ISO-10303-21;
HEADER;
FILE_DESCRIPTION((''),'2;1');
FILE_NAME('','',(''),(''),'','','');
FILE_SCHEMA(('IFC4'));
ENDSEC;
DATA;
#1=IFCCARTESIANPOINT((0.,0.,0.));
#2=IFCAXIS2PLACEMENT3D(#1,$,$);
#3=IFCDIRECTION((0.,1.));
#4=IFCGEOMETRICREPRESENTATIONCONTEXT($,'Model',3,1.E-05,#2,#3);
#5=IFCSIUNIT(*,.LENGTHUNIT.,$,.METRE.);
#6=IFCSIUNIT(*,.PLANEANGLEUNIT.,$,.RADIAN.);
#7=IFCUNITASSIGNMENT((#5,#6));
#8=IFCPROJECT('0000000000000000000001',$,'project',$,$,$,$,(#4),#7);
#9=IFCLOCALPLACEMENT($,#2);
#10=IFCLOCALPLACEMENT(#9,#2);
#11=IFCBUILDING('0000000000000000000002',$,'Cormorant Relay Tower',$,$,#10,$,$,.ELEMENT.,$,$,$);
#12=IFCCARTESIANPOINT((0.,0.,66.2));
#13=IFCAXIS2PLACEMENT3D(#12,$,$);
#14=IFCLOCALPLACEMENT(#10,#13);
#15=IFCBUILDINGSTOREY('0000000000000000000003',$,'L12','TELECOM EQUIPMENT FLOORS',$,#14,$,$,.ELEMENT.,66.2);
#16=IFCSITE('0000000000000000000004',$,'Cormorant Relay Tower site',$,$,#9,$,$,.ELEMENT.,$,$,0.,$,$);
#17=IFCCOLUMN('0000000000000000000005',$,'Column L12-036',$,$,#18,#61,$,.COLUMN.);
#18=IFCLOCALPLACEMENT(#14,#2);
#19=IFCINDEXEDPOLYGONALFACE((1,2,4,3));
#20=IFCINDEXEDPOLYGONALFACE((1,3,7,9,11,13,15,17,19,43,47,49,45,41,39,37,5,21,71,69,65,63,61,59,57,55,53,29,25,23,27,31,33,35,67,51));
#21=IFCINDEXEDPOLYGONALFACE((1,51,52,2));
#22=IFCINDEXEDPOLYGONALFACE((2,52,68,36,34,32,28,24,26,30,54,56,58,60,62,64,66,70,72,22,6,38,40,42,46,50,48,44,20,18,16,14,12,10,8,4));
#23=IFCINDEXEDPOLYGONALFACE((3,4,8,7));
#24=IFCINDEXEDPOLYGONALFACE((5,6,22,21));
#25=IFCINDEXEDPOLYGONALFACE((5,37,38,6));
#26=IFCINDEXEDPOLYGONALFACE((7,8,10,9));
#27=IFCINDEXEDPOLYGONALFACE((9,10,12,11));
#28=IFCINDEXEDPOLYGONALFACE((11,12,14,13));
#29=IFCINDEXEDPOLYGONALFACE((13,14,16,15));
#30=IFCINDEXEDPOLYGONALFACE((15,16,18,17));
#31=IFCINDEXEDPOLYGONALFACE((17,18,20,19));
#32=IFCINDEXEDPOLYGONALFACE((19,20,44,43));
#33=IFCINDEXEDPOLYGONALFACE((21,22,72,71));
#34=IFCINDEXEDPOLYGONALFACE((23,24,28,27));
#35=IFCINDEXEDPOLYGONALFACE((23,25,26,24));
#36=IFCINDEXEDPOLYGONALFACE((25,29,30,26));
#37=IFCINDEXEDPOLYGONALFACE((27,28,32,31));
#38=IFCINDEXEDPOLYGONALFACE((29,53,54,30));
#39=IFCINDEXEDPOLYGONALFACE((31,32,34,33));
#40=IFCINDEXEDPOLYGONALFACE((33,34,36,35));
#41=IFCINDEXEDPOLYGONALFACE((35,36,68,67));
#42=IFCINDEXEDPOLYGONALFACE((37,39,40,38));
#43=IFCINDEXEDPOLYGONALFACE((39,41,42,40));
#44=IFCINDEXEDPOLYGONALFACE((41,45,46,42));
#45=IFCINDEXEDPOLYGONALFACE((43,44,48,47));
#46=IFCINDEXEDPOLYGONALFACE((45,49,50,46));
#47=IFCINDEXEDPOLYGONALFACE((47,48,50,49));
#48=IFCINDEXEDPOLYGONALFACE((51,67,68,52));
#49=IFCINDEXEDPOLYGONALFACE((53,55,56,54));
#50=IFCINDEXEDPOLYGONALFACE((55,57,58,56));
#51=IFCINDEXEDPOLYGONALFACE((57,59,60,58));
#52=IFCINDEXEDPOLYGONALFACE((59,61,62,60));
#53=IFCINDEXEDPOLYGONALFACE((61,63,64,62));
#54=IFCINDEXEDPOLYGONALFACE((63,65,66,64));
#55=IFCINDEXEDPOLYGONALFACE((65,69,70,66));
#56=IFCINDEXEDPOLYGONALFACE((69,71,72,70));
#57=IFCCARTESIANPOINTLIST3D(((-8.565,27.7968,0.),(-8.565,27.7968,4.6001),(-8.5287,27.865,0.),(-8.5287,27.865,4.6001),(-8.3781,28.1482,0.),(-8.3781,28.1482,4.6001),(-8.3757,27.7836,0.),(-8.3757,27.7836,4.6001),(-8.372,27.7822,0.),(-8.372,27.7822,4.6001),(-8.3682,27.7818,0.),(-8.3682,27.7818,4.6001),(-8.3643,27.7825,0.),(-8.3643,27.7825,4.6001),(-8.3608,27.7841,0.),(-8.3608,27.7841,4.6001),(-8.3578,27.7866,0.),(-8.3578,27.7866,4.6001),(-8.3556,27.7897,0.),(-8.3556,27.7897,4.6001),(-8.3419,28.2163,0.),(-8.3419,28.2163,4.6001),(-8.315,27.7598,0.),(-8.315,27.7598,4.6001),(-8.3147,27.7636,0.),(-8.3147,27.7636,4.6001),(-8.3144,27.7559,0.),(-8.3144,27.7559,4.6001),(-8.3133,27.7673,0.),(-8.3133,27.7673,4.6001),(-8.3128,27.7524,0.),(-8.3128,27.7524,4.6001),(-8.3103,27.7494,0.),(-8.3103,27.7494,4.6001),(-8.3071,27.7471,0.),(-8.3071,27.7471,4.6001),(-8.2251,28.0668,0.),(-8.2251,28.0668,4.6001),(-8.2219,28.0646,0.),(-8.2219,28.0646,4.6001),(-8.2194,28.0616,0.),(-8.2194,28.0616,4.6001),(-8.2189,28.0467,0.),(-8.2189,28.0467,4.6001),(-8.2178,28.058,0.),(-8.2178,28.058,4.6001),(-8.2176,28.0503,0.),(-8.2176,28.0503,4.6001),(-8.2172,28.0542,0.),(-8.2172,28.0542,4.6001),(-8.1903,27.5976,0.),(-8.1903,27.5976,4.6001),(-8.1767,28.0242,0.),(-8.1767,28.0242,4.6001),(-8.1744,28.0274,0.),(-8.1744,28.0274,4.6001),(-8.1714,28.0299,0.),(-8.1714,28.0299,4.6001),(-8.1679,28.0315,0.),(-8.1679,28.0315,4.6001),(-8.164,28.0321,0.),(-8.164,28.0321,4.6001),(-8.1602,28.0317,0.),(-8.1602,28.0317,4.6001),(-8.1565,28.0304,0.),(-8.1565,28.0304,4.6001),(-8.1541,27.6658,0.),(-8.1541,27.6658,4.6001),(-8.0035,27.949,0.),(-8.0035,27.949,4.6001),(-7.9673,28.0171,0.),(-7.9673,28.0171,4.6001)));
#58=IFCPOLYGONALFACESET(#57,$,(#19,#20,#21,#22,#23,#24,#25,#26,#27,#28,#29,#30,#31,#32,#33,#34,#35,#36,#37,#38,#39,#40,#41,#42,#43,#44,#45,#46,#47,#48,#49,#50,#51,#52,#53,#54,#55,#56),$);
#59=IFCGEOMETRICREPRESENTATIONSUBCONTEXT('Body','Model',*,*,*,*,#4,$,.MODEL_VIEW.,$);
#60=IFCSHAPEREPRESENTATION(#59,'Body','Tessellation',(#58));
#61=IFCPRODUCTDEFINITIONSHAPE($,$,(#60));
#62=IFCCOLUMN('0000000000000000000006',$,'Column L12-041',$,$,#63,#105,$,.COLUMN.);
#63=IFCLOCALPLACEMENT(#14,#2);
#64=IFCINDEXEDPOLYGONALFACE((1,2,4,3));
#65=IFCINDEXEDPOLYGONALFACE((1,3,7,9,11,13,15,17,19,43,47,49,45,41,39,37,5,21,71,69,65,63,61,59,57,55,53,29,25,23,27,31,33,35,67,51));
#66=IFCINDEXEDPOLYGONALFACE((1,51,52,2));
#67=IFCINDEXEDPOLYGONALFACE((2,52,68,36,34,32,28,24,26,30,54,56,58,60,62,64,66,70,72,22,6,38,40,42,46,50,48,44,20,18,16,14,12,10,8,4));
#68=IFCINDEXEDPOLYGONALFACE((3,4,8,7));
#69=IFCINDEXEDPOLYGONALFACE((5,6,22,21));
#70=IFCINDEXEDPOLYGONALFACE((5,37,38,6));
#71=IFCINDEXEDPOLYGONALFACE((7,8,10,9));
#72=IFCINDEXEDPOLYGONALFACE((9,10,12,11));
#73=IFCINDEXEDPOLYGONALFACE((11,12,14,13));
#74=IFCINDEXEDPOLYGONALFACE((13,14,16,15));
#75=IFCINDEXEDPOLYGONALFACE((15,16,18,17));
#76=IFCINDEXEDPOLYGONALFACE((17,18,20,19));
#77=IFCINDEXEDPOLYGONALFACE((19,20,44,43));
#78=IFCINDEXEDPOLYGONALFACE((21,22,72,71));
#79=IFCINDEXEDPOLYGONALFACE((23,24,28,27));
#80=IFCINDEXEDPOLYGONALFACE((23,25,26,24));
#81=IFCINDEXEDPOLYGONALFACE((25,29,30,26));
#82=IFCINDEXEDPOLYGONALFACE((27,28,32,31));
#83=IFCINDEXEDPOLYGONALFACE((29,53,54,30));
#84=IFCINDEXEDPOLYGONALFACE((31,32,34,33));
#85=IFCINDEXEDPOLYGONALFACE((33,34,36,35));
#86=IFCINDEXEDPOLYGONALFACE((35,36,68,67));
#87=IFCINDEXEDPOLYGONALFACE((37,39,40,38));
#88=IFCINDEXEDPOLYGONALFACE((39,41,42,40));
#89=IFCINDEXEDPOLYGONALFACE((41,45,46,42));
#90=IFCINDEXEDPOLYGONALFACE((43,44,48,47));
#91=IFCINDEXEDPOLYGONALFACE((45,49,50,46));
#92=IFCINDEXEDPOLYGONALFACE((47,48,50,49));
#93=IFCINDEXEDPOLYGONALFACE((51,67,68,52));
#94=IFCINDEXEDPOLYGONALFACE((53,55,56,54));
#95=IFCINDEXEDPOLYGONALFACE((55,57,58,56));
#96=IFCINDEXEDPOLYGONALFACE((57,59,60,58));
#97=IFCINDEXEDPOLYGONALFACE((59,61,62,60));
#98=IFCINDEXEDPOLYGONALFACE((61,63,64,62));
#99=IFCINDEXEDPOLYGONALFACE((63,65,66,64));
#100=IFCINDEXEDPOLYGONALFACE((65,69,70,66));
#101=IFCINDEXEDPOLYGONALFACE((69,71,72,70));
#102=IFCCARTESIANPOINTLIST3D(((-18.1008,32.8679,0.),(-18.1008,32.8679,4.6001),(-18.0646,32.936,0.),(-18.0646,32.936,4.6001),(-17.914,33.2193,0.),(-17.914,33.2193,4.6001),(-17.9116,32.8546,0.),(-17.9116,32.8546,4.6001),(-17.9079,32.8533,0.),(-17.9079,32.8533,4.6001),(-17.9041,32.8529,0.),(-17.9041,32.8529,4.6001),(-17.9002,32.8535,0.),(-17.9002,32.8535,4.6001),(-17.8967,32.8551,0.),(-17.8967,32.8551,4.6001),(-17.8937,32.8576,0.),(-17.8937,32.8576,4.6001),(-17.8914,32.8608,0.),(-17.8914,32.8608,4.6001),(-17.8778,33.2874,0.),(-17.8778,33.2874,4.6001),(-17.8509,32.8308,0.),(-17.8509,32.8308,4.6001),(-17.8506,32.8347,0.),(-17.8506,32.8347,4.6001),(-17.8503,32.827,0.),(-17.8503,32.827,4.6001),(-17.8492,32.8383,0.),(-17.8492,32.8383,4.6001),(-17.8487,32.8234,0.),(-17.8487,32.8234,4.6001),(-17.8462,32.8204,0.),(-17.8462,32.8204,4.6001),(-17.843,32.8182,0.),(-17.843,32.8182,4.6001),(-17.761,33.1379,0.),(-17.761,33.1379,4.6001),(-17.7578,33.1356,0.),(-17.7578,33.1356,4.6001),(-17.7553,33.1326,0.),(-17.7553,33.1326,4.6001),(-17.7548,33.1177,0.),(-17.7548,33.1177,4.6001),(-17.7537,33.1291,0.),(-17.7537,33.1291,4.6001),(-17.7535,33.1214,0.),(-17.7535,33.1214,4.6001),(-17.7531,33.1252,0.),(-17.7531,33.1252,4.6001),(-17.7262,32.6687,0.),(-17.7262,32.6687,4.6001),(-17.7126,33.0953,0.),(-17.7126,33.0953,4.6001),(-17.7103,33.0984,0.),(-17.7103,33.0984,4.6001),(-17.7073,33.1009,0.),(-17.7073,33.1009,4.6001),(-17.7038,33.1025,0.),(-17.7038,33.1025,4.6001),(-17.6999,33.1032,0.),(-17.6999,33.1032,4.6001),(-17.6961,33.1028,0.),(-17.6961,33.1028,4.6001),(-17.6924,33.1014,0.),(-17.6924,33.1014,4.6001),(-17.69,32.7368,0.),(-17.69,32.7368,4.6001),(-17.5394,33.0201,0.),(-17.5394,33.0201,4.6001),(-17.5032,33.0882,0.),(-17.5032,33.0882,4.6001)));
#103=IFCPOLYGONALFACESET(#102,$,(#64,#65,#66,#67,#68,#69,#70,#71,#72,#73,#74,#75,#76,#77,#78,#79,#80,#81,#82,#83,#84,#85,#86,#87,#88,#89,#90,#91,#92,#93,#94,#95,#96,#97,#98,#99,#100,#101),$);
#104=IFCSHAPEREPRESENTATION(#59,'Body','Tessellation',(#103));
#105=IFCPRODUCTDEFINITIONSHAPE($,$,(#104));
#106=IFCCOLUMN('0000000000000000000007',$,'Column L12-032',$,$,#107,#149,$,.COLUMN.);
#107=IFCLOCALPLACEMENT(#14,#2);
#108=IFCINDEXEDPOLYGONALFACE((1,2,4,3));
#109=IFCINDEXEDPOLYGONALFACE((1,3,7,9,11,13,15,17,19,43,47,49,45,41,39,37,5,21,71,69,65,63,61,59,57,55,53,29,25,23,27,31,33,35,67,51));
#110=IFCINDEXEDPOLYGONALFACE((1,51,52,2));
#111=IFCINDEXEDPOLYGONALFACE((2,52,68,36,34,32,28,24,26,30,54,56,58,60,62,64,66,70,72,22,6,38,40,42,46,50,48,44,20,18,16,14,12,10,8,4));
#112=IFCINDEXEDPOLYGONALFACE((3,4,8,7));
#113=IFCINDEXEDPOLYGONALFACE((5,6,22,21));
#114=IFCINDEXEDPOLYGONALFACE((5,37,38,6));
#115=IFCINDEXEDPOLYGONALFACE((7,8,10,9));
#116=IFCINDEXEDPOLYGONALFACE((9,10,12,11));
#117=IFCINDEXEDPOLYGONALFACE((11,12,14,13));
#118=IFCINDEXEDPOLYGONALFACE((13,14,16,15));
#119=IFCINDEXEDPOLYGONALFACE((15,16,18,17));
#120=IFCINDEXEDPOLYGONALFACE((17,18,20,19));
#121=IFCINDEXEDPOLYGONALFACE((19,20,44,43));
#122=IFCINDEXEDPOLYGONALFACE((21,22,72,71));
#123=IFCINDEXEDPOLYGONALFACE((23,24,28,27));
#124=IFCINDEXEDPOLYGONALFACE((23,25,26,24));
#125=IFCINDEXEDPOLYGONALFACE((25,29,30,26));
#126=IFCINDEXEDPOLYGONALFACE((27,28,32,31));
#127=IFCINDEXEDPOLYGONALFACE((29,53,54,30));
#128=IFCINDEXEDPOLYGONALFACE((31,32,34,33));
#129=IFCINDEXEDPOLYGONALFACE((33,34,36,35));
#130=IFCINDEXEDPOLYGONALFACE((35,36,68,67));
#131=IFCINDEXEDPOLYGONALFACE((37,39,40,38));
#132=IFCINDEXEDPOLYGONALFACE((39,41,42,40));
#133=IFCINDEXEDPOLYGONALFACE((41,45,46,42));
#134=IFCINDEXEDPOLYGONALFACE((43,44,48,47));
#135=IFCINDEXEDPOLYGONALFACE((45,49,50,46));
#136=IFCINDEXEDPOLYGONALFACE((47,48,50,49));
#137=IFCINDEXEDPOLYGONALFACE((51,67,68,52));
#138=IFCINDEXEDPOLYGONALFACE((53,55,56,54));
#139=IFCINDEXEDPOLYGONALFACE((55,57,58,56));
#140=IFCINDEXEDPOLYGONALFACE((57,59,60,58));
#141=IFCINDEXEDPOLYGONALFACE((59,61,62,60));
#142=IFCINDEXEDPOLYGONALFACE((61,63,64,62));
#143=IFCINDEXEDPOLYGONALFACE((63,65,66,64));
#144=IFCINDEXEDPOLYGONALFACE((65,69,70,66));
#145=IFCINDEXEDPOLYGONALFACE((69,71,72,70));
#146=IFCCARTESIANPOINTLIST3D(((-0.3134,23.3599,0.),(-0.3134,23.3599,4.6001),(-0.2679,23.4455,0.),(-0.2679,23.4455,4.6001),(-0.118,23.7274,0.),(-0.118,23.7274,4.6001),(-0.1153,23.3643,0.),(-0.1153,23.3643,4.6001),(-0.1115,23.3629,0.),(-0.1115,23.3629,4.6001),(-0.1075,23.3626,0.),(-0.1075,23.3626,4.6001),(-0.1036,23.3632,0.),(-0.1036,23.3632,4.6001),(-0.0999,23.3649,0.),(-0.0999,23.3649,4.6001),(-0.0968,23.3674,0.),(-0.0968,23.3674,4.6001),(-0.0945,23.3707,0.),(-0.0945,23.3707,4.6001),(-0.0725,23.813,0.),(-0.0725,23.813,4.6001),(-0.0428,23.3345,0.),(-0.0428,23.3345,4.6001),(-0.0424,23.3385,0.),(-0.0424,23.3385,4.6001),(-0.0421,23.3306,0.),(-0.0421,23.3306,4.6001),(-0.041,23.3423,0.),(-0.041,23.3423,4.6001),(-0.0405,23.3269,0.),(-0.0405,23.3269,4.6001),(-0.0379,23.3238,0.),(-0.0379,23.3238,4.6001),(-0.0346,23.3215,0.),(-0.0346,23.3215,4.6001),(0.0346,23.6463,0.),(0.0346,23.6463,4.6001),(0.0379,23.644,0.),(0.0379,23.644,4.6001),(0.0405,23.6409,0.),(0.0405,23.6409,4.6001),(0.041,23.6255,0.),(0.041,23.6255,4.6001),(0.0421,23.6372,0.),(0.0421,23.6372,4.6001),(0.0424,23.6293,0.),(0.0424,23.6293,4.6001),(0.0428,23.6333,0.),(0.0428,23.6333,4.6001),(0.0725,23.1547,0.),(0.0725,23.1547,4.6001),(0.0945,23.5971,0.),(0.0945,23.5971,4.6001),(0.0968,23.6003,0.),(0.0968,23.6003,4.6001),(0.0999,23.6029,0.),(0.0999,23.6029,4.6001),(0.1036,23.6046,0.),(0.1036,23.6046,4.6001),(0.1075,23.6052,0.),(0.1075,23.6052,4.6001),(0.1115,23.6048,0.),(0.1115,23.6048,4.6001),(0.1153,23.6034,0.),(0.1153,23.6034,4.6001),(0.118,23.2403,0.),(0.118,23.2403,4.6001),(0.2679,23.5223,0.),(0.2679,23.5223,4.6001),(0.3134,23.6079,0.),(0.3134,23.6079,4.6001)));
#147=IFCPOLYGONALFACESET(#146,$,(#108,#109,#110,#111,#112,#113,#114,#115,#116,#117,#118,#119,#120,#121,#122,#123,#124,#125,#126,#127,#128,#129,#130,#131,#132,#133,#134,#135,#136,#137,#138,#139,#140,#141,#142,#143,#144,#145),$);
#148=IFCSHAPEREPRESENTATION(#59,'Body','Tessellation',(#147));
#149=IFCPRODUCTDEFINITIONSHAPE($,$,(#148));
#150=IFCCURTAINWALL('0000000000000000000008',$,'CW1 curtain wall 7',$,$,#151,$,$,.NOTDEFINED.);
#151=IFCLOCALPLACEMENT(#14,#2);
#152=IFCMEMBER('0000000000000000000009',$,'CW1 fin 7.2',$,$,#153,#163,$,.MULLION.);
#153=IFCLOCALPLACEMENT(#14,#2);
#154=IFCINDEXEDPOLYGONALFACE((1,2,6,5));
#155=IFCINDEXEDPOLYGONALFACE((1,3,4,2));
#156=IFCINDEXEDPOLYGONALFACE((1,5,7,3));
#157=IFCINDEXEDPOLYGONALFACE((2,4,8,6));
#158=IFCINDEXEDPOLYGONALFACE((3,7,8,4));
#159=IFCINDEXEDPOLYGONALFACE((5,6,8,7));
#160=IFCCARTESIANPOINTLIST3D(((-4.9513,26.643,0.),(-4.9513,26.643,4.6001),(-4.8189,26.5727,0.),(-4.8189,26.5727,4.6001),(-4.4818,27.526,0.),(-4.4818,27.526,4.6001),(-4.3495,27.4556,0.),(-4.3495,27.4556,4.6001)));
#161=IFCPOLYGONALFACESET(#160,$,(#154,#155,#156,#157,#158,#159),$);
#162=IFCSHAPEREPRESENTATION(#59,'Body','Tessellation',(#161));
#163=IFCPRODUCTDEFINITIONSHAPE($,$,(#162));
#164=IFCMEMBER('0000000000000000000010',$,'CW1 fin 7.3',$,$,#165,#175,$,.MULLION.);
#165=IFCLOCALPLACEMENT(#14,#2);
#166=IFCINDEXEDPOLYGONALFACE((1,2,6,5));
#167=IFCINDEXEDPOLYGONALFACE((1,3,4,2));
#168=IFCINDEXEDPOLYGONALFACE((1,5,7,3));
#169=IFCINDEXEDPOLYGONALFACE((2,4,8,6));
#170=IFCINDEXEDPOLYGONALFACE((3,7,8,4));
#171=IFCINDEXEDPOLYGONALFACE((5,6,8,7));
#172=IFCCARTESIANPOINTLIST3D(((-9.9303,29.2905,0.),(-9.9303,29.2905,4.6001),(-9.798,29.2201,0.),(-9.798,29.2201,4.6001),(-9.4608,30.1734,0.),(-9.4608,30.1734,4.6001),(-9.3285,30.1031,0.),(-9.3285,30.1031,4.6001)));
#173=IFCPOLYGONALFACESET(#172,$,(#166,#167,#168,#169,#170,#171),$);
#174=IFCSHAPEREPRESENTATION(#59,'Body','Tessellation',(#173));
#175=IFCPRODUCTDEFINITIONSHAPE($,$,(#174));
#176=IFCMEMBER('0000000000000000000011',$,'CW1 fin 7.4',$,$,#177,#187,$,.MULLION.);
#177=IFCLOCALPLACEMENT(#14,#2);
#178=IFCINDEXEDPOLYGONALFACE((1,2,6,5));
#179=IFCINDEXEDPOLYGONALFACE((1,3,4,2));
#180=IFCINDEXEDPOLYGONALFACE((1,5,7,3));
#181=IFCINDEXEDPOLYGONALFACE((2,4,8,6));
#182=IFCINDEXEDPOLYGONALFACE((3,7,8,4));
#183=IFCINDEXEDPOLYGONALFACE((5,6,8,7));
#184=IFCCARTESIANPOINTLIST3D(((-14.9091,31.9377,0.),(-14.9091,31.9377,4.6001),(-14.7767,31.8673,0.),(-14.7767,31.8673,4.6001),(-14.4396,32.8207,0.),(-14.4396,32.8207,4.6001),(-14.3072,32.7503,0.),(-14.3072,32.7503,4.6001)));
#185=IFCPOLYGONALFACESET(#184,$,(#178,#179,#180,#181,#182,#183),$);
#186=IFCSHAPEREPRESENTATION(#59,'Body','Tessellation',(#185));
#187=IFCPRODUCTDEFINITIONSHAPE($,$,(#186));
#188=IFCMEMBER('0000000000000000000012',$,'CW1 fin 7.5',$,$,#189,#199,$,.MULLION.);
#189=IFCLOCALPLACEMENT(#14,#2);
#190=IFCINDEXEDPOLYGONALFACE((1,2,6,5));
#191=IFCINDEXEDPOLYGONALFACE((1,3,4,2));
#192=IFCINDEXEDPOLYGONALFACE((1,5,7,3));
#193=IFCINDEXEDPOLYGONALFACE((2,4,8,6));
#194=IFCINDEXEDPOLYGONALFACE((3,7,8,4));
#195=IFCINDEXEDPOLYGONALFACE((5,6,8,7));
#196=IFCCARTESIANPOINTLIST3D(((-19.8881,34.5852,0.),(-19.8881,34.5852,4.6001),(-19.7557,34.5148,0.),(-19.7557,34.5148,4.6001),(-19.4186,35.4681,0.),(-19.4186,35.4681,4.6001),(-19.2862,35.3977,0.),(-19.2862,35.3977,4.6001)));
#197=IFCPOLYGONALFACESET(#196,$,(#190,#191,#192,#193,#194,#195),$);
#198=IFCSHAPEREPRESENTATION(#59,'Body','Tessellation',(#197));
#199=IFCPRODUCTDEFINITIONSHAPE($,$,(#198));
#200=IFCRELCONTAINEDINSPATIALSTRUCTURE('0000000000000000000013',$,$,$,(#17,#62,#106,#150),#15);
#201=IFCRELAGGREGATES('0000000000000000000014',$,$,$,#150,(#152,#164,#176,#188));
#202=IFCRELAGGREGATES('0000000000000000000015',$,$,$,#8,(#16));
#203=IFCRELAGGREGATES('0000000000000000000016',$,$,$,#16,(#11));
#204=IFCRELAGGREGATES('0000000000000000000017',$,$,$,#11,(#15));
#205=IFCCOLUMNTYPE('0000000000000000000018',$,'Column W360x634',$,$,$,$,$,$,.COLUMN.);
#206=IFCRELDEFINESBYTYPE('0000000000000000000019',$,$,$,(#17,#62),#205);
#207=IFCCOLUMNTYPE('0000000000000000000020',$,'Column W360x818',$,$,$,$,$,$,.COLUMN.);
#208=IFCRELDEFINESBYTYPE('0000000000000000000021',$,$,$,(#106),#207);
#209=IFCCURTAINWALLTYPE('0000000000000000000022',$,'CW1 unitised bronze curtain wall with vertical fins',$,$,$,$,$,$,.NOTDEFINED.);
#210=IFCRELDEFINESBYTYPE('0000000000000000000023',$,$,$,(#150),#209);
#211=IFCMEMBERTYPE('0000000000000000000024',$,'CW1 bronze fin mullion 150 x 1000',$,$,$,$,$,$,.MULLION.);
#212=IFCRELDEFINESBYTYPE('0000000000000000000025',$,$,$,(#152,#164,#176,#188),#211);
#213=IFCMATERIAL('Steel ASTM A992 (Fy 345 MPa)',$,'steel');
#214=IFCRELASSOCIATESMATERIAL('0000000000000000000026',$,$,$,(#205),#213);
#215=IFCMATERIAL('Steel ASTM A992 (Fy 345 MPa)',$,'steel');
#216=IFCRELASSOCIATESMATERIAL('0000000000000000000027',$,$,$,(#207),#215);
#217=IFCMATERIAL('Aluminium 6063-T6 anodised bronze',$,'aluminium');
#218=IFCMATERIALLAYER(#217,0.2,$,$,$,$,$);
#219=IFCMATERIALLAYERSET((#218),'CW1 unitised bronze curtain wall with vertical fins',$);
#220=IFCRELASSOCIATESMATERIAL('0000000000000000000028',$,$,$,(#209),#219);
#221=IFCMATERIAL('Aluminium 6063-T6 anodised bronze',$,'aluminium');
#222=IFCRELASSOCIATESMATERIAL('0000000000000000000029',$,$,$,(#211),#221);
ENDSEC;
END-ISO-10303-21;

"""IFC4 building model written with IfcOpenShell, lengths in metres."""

from ifc_helpers import new_model, si_unit, direction, frame, origin, origin_2d, place, context, subcontext, project, spatial, rectangle, i_section, extrude, material, layer, layer_set, material_profile, profile_set, type_object, element, aggregate, save


model = new_model("IFC4")

# Units and contexts
model_context = context("Model", 3, precision=1e-05, world=origin(), true_north=direction((0.0, 1.0)))
body_context = subcontext(model_context, "Body", "Model", "MODEL_VIEW")
ifc_project = project(units=[si_unit("LENGTHUNIT", "METRE"), si_unit("PLANEANGLEUNIT", "RADIAN")], contexts=[model_context])

# Site, building, storey
site_placement = place(None, origin())
site = spatial("IfcSite", under=ifc_project, at=site_placement, Name="Cormorant Relay Tower site", CompositionType="ELEMENT", RefElevation=0.0)
building_placement = place(site_placement, origin())
building = spatial("IfcBuilding", under=site, at=building_placement, Name="Cormorant Relay Tower", CompositionType="ELEMENT")
storey_placement = place(building_placement, frame((0.0, 0.0, 66.2)))
storey = spatial("IfcBuildingStorey", under=building, at=storey_placement, Name="L12", Description="TELECOM EQUIPMENT FLOORS", CompositionType="ELEMENT", Elevation=66.2)

# Columns
ifc_material_1 = material(Name="Steel ASTM A992 (Fy 345 MPa)", Category="steel")
ifc_material_profile_1 = material_profile(ifc_material_1, i_section(OverallWidth=0.4243, OverallDepth=0.4751, WebThickness=0.0479, FlangeThickness=0.0771, FilletRadius=0.0149, at=origin_2d()), Name="W360x634")
ifc_profile_set_1 = profile_set([ifc_material_profile_1], Name="Steel ASTM A992 (Fy 345 MPa)")
column_type_1 = type_object("IfcColumnType", Name="Column W360x634", PredefinedType="COLUMN", material=ifc_profile_set_1)
for number, where, z_axis, x_axis, name in (
    (1, (-8.2661, 27.907, 0.0), (0.0, 0.0, 1.0), (-0.882948, 0.469472, 0.0), "Column L12-036"),
    (2, (-17.802, 32.978, 0.0), (0.0, 0.0, 1.0), (-0.882948, 0.469472, 0.0), "Column L12-041"),
):
    element("IfcColumn", number, at=place(storey_placement, frame(where, z_axis=z_axis, x_axis=x_axis)), inside=storey, type_object=column_type_1, Name=name, PredefinedType="COLUMN", context=body_context, shape_type="SweptSolid", body=[
        extrude(i_section(OverallWidth=0.4243, OverallDepth=0.4751, WebThickness=0.0479, FlangeThickness=0.0771, FilletRadius=0.0149, at=origin_2d()), origin(), (0.0, 0.0, 1.0), 4.6001),
    ])
ifc_material_2 = material(Name="Steel ASTM A992 (Fy 345 MPa)", Category="steel")
ifc_material_profile_2 = material_profile(ifc_material_2, i_section(OverallWidth=0.437, OverallDepth=0.5132, WebThickness=0.0605, FlangeThickness=0.0969, FilletRadius=0.0154, at=origin_2d()), Name="W360x818")
ifc_profile_set_2 = profile_set([ifc_material_profile_2], Name="Steel ASTM A992 (Fy 345 MPa)")
column_type_2 = type_object("IfcColumnType", Name="Column W360x818", PredefinedType="COLUMN", material=ifc_profile_set_2)
column_placement = place(storey_placement, frame((0.0, 23.4839, 0.0), z_axis=(0.0, 0.0, 1.0), x_axis=(-0.882948, 0.469472, 0.0)))
element("IfcColumn", 3, at=column_placement, inside=storey, type_object=column_type_2, Name="Column L12-032", PredefinedType="COLUMN", context=body_context, shape_type="SweptSolid", body=[
    extrude(i_section(OverallWidth=0.437, OverallDepth=0.5132, WebThickness=0.0605, FlangeThickness=0.0969, FilletRadius=0.0154, at=origin_2d()), origin(), (0.0, 0.0, 1.0), 4.6001),
])

# Curtain wall, members
ifc_material_3 = material(Name="Aluminium 6063-T6 anodised bronze", Category="aluminium")
ifc_layer_1 = layer(ifc_material_3, 0.2)
ifc_layer_set_1 = layer_set([ifc_layer_1], Name="CW1 unitised bronze curtain wall with vertical fins")
curtain_wall_type = type_object("IfcCurtainWallType", Name="CW1 unitised bronze curtain wall with vertical fins", PredefinedType="NOTDEFINED", material=ifc_layer_set_1)
curtain_wall_placement = place(storey_placement, origin())
curtain_wall = element("IfcCurtainWall", 4, at=curtain_wall_placement, inside=storey, type_object=curtain_wall_type, Name="CW1 curtain wall 7", PredefinedType="NOTDEFINED")
ifc_material_4 = material(Name="Aluminium 6063-T6 anodised bronze", Category="aluminium")
ifc_material_profile_3 = material_profile(ifc_material_4, rectangle(XDim=0.1499, YDim=1.0, at=origin_2d()), Name="AL 150x1000")
ifc_profile_set_3 = profile_set([ifc_material_profile_3], Name="Aluminium 6063-T6 anodised bronze")
member_type = type_object("IfcMemberType", Name="CW1 bronze fin mullion 150 x 1000", PredefinedType="MULLION", material=ifc_profile_set_3)
member_1_placement = place(storey_placement, frame((-4.6504, 27.0493, 0.0), z_axis=(0.0, 0.0, 1.0), x_axis=(-0.882948, 0.469472, 0.0)))
member_1 = element("IfcMember", 5, at=member_1_placement, type_object=member_type, Name="CW1 fin 7.2", PredefinedType="MULLION", context=body_context, shape_type="SweptSolid", body=[
    extrude(rectangle(XDim=0.1499, YDim=1.0, at=origin_2d()), origin(), (0.0, 0.0, 1.0), 4.6001),
])
member_2_placement = place(storey_placement, frame((-9.6294, 29.6968, 0.0), z_axis=(0.0, 0.0, 1.0), x_axis=(-0.882948, 0.469472, 0.0)))
member_2 = element("IfcMember", 6, at=member_2_placement, type_object=member_type, Name="CW1 fin 7.3", PredefinedType="MULLION", context=body_context, shape_type="SweptSolid", body=[
    extrude(rectangle(XDim=0.1499, YDim=1.0, at=origin_2d()), origin(), (0.0, 0.0, 1.0), 4.6001),
])
member_3_placement = place(storey_placement, frame((-14.6082, 32.344, 0.0), z_axis=(0.0, 0.0, 1.0), x_axis=(-0.882948, 0.469472, 0.0)))
member_3 = element("IfcMember", 7, at=member_3_placement, type_object=member_type, Name="CW1 fin 7.4", PredefinedType="MULLION", context=body_context, shape_type="SweptSolid", body=[
    extrude(rectangle(XDim=0.1499, YDim=1.0, at=origin_2d()), origin(), (0.0, 0.0, 1.0), 4.6001),
])
member_4_placement = place(storey_placement, frame((-19.5872, 34.9915, 0.0), z_axis=(0.0, 0.0, 1.0), x_axis=(-0.882948, 0.469472, 0.0)))
member_4 = element("IfcMember", 8, at=member_4_placement, type_object=member_type, Name="CW1 fin 7.5", PredefinedType="MULLION", context=body_context, shape_type="SweptSolid", body=[
    extrude(rectangle(XDim=0.1499, YDim=1.0, at=origin_2d()), origin(), (0.0, 0.0, 1.0), 4.6001),
])

aggregate(curtain_wall, [member_1, member_2, member_3, member_4])

save(model, "model.ifc")
